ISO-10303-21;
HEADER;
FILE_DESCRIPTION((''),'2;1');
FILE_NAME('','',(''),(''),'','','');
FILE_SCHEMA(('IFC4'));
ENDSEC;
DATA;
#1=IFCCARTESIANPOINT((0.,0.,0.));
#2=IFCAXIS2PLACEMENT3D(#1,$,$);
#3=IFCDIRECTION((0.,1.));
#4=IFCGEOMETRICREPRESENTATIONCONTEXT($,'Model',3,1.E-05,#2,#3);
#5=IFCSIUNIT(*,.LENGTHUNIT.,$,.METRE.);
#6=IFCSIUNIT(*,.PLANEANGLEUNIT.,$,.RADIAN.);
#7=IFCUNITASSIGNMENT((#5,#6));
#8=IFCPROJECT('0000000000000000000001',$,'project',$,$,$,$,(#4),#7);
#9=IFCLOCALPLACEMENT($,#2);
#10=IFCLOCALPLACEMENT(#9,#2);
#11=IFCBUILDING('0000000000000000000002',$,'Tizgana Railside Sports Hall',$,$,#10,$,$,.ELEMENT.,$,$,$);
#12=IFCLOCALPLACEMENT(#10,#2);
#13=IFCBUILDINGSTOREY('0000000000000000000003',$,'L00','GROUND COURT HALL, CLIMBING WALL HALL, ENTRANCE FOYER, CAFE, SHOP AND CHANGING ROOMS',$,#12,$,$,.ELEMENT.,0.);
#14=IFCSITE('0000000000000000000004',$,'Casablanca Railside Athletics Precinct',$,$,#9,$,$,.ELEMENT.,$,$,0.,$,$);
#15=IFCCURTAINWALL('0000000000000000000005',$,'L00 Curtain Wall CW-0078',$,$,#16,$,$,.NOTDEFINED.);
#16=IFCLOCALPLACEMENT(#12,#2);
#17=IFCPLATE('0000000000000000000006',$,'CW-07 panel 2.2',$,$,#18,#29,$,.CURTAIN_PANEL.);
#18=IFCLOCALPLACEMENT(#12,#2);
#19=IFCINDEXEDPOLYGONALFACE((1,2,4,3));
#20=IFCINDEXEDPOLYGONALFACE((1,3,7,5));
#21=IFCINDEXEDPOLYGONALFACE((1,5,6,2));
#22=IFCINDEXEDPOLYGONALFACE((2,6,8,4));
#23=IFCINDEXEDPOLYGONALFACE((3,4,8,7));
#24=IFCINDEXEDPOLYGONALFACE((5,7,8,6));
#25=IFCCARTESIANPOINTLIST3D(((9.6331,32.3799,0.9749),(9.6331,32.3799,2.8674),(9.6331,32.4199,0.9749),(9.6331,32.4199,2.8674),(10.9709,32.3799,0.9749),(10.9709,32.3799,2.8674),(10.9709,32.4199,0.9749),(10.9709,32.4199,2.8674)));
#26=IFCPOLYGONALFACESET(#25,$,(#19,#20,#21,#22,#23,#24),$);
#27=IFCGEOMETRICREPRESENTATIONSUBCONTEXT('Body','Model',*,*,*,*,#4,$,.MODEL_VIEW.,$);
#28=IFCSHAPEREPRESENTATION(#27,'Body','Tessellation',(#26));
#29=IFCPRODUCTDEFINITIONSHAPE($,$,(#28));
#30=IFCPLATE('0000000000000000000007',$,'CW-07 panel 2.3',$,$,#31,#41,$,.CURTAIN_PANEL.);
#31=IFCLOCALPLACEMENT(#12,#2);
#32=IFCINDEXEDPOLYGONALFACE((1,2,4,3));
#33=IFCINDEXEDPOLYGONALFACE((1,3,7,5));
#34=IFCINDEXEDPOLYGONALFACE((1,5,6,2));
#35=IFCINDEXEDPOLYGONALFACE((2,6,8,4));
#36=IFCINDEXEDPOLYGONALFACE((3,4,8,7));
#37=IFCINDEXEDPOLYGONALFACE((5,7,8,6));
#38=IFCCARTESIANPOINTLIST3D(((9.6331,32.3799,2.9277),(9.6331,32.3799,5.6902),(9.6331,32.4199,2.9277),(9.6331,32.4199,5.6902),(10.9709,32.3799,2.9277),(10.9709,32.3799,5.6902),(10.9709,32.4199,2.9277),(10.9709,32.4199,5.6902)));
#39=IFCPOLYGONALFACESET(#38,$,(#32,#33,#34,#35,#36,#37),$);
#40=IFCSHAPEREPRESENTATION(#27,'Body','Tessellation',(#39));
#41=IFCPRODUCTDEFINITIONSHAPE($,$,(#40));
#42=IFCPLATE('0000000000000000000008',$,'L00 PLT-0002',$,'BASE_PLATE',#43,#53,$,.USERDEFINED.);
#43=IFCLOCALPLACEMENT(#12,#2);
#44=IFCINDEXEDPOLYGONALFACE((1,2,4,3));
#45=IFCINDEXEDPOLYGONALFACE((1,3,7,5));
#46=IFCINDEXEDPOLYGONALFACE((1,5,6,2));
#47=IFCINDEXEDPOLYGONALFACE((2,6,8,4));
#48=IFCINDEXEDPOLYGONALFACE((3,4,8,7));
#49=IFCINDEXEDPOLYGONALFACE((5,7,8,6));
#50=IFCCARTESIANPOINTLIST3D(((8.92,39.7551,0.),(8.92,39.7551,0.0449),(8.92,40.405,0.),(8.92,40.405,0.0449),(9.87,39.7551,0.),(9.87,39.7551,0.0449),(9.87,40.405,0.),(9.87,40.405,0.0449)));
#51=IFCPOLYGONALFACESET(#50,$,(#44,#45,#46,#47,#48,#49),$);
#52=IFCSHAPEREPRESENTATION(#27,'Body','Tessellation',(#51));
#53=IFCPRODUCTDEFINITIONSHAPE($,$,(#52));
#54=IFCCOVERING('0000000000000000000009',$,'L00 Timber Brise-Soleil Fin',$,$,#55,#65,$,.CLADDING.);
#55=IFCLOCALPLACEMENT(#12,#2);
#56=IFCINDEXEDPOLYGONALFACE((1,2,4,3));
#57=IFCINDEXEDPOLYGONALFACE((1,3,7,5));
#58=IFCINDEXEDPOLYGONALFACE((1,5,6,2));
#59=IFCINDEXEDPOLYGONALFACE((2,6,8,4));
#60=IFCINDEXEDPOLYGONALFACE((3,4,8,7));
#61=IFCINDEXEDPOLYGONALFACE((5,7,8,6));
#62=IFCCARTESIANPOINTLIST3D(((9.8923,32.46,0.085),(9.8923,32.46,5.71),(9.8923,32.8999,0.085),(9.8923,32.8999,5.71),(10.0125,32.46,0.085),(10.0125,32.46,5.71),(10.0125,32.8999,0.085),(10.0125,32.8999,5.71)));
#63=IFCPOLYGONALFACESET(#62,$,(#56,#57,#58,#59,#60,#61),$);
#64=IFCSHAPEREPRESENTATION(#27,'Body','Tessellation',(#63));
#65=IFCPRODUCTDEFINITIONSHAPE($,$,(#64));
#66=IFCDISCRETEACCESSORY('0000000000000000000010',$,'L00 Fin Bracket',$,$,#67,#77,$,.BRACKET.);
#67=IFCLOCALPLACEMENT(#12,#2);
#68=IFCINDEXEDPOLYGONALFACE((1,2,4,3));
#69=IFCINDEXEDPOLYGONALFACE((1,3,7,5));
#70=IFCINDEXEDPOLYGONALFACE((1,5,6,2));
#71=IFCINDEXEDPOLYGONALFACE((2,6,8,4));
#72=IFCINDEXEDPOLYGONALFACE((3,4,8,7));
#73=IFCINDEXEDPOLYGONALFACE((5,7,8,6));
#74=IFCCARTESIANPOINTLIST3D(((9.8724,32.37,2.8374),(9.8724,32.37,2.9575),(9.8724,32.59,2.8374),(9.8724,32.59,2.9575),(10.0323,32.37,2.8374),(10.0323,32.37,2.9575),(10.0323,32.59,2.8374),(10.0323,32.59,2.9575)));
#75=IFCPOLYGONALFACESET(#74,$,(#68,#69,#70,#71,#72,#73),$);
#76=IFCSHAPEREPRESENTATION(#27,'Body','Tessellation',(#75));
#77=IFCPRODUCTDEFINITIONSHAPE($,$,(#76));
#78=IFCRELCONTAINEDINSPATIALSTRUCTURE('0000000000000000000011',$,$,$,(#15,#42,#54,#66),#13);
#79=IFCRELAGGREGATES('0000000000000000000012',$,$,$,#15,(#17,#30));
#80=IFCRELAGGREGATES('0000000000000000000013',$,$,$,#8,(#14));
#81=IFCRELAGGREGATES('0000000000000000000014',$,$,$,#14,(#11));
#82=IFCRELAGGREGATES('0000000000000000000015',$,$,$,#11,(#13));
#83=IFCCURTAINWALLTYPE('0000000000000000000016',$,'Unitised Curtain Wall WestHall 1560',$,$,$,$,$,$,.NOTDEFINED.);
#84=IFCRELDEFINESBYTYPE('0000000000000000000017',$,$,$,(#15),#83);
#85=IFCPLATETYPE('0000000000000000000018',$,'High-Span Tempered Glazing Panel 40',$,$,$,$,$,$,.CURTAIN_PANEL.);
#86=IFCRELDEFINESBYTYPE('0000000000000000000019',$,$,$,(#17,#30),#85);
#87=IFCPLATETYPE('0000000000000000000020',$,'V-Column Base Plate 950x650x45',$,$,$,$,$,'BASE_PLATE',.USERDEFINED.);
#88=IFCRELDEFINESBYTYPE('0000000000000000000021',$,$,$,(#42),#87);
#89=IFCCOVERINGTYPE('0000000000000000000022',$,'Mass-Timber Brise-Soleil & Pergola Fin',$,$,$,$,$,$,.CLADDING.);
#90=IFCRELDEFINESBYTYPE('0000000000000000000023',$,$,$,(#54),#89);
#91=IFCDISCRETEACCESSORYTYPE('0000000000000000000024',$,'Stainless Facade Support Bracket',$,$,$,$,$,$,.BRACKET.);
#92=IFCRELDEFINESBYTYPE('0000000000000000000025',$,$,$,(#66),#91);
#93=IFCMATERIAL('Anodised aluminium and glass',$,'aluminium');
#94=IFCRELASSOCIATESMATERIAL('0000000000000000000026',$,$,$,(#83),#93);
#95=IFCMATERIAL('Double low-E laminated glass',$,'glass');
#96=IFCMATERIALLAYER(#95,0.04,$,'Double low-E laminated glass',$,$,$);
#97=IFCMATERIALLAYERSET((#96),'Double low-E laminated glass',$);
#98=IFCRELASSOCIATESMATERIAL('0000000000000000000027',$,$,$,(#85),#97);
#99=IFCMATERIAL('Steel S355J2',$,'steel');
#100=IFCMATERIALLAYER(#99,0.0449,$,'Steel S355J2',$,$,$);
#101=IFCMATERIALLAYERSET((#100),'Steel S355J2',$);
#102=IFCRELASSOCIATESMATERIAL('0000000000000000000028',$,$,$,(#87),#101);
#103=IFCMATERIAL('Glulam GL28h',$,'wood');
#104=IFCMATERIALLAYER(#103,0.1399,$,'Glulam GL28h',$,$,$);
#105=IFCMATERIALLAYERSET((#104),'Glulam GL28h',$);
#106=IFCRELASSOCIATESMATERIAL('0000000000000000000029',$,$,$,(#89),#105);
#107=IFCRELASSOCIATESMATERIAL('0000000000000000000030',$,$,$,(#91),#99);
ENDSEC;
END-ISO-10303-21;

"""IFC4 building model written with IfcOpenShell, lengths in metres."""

from ifc_helpers import new_model, si_unit, direction, frame, origin, origin_2d, place, context, subcontext, project, spatial, rectangle, extrude, material, layer, layer_set, type_object, element, aggregate, save


model = new_model("IFC4")

# Units and contexts
model_context = context("Model", 3, precision=1e-05, world=origin(), true_north=direction((0.0, 1.0)))
body_context = subcontext(model_context, "Body", "Model", "MODEL_VIEW")
ifc_project = project(units=[si_unit("LENGTHUNIT", "METRE"), si_unit("PLANEANGLEUNIT", "RADIAN")], contexts=[model_context])

# Site, building, storey
site_placement = place(None, origin())
site = spatial("IfcSite", under=ifc_project, at=site_placement, Name="Casablanca Railside Athletics Precinct", CompositionType="ELEMENT", RefElevation=0.0)
building_placement = place(site_placement, origin())
building = spatial("IfcBuilding", under=site, at=building_placement, Name="Tizgana Railside Sports Hall", CompositionType="ELEMENT")
storey_placement = place(building_placement, origin())
storey = spatial("IfcBuildingStorey", under=building, at=storey_placement, Name="L00", Description="GROUND COURT HALL, CLIMBING WALL HALL, ENTRANCE FOYER, CAFE, SHOP AND CHANGING ROOMS", CompositionType="ELEMENT", Elevation=0.0)

# Curtain wall
ifc_material_1 = material(Name="Anodised aluminium and glass", Category="aluminium")
curtain_wall_type_1 = type_object("IfcCurtainWallType", Name="Unitised Curtain Wall WestHall 1560", PredefinedType="NOTDEFINED", material=ifc_material_1)
curtain_wall_1_placement = place(storey_placement, origin())
curtain_wall_1 = element("IfcCurtainWall", 1, at=curtain_wall_1_placement, inside=storey, type_object=curtain_wall_type_1, Name="L00 Curtain Wall CW-0078", PredefinedType="NOTDEFINED")

# Shared definitions
ifc_material_2 = material(Name="Steel S355J2", Category="steel")

# Plates
ifc_material_3 = material(Name="Double low-E laminated glass", Category="glass")
ifc_layer_1 = layer(ifc_material_3, 0.04, Name="Double low-E laminated glass")
ifc_layer_set_1 = layer_set([ifc_layer_1], Name="Double low-E laminated glass")
plate_type_1 = type_object("IfcPlateType", Name="High-Span Tempered Glazing Panel 40", PredefinedType="CURTAIN_PANEL", material=ifc_layer_set_1)
plate_1_placement = place(storey_placement, frame((10.302, 32.3999, 0.9749), z_axis=(0.0, 0.0, 1.0), x_axis=(1.0, 0.0, 0.0)))
plate_1 = element("IfcPlate", 2, at=plate_1_placement, type_object=plate_type_1, Name="CW-07 panel 2.2", PredefinedType="CURTAIN_PANEL", context=body_context, shape_type="SweptSolid", body=[
    extrude(rectangle(XDim=1.3379, YDim=0.04, at=origin_2d()), origin(), (0.0, 0.0, 1.0), 1.8926),
])
plate_2_placement = place(storey_placement, frame((10.302, 32.3999, 2.9277), z_axis=(0.0, 0.0, 1.0), x_axis=(1.0, 0.0, 0.0)))
plate_2 = element("IfcPlate", 3, at=plate_2_placement, type_object=plate_type_1, Name="CW-07 panel 2.3", PredefinedType="CURTAIN_PANEL", context=body_context, shape_type="SweptSolid", body=[
    extrude(rectangle(XDim=1.3379, YDim=0.04, at=origin_2d()), origin(), (0.0, 0.0, 1.0), 2.7625),
])
aggregate(curtain_wall_1, [plate_1, plate_2])
ifc_layer_2 = layer(ifc_material_2, 0.0449, Name="Steel S355J2")
ifc_layer_set_2 = layer_set([ifc_layer_2], Name="Steel S355J2")
plate_type_2 = type_object("IfcPlateType", Name="V-Column Base Plate 950x650x45", ElementType="BASE_PLATE", PredefinedType="USERDEFINED", material=ifc_layer_set_2)
plate_3_placement = place(storey_placement, frame((9.395, 40.0801, 0.0), z_axis=(0.0, 0.0, 1.0), x_axis=(1.0, 0.0, 0.0)))
element("IfcPlate", 4, at=plate_3_placement, inside=storey, type_object=plate_type_2, Name="L00 PLT-0002", ObjectType="BASE_PLATE", PredefinedType="USERDEFINED", context=body_context, shape_type="SweptSolid", body=[
    extrude(rectangle(XDim=0.95, YDim=0.6499, at=origin_2d()), origin(), (0.0, 0.0, 1.0), 0.0449),
])

# Covering
ifc_material_4 = material(Name="Glulam GL28h", Category="wood")
ifc_layer_3 = layer(ifc_material_4, 0.1399, Name="Glulam GL28h")
ifc_layer_set_3 = layer_set([ifc_layer_3], Name="Glulam GL28h")
covering_type = type_object("IfcCoveringType", Name="Mass-Timber Brise-Soleil & Pergola Fin", PredefinedType="CLADDING", material=ifc_layer_set_3)
covering_placement = place(storey_placement, frame((9.9524, 32.6799, 0.085), z_axis=(0.0, 0.0, 1.0), x_axis=(1.0, 0.0, 0.0)))
element("IfcCovering", 5, at=covering_placement, inside=storey, type_object=covering_type, Name="L00 Timber Brise-Soleil Fin", PredefinedType="CLADDING", context=body_context, shape_type="SweptSolid", body=[
    extrude(rectangle(XDim=0.1201, YDim=0.4399, at=origin_2d()), origin(), (0.0, 0.0, 1.0), 5.625),
])

# Discrete accessory
discrete_accessory_type = type_object("IfcDiscreteAccessoryType", Name="Stainless Facade Support Bracket", PredefinedType="BRACKET", material=ifc_material_2)
discrete_accessory_placement = place(storey_placement, frame((9.9524, 32.48, 2.8374), z_axis=(0.0, 0.0, 1.0), x_axis=(1.0, 0.0, 0.0)))
element("IfcDiscreteAccessory", 6, at=discrete_accessory_placement, inside=storey, type_object=discrete_accessory_type, Name="L00 Fin Bracket", PredefinedType="BRACKET", context=body_context, shape_type="SweptSolid", body=[
    extrude(rectangle(XDim=0.1599, YDim=0.22, at=origin_2d()), origin(), (0.0, 0.0, 1.0), 0.1201),
])

save(model, "model.ifc")
